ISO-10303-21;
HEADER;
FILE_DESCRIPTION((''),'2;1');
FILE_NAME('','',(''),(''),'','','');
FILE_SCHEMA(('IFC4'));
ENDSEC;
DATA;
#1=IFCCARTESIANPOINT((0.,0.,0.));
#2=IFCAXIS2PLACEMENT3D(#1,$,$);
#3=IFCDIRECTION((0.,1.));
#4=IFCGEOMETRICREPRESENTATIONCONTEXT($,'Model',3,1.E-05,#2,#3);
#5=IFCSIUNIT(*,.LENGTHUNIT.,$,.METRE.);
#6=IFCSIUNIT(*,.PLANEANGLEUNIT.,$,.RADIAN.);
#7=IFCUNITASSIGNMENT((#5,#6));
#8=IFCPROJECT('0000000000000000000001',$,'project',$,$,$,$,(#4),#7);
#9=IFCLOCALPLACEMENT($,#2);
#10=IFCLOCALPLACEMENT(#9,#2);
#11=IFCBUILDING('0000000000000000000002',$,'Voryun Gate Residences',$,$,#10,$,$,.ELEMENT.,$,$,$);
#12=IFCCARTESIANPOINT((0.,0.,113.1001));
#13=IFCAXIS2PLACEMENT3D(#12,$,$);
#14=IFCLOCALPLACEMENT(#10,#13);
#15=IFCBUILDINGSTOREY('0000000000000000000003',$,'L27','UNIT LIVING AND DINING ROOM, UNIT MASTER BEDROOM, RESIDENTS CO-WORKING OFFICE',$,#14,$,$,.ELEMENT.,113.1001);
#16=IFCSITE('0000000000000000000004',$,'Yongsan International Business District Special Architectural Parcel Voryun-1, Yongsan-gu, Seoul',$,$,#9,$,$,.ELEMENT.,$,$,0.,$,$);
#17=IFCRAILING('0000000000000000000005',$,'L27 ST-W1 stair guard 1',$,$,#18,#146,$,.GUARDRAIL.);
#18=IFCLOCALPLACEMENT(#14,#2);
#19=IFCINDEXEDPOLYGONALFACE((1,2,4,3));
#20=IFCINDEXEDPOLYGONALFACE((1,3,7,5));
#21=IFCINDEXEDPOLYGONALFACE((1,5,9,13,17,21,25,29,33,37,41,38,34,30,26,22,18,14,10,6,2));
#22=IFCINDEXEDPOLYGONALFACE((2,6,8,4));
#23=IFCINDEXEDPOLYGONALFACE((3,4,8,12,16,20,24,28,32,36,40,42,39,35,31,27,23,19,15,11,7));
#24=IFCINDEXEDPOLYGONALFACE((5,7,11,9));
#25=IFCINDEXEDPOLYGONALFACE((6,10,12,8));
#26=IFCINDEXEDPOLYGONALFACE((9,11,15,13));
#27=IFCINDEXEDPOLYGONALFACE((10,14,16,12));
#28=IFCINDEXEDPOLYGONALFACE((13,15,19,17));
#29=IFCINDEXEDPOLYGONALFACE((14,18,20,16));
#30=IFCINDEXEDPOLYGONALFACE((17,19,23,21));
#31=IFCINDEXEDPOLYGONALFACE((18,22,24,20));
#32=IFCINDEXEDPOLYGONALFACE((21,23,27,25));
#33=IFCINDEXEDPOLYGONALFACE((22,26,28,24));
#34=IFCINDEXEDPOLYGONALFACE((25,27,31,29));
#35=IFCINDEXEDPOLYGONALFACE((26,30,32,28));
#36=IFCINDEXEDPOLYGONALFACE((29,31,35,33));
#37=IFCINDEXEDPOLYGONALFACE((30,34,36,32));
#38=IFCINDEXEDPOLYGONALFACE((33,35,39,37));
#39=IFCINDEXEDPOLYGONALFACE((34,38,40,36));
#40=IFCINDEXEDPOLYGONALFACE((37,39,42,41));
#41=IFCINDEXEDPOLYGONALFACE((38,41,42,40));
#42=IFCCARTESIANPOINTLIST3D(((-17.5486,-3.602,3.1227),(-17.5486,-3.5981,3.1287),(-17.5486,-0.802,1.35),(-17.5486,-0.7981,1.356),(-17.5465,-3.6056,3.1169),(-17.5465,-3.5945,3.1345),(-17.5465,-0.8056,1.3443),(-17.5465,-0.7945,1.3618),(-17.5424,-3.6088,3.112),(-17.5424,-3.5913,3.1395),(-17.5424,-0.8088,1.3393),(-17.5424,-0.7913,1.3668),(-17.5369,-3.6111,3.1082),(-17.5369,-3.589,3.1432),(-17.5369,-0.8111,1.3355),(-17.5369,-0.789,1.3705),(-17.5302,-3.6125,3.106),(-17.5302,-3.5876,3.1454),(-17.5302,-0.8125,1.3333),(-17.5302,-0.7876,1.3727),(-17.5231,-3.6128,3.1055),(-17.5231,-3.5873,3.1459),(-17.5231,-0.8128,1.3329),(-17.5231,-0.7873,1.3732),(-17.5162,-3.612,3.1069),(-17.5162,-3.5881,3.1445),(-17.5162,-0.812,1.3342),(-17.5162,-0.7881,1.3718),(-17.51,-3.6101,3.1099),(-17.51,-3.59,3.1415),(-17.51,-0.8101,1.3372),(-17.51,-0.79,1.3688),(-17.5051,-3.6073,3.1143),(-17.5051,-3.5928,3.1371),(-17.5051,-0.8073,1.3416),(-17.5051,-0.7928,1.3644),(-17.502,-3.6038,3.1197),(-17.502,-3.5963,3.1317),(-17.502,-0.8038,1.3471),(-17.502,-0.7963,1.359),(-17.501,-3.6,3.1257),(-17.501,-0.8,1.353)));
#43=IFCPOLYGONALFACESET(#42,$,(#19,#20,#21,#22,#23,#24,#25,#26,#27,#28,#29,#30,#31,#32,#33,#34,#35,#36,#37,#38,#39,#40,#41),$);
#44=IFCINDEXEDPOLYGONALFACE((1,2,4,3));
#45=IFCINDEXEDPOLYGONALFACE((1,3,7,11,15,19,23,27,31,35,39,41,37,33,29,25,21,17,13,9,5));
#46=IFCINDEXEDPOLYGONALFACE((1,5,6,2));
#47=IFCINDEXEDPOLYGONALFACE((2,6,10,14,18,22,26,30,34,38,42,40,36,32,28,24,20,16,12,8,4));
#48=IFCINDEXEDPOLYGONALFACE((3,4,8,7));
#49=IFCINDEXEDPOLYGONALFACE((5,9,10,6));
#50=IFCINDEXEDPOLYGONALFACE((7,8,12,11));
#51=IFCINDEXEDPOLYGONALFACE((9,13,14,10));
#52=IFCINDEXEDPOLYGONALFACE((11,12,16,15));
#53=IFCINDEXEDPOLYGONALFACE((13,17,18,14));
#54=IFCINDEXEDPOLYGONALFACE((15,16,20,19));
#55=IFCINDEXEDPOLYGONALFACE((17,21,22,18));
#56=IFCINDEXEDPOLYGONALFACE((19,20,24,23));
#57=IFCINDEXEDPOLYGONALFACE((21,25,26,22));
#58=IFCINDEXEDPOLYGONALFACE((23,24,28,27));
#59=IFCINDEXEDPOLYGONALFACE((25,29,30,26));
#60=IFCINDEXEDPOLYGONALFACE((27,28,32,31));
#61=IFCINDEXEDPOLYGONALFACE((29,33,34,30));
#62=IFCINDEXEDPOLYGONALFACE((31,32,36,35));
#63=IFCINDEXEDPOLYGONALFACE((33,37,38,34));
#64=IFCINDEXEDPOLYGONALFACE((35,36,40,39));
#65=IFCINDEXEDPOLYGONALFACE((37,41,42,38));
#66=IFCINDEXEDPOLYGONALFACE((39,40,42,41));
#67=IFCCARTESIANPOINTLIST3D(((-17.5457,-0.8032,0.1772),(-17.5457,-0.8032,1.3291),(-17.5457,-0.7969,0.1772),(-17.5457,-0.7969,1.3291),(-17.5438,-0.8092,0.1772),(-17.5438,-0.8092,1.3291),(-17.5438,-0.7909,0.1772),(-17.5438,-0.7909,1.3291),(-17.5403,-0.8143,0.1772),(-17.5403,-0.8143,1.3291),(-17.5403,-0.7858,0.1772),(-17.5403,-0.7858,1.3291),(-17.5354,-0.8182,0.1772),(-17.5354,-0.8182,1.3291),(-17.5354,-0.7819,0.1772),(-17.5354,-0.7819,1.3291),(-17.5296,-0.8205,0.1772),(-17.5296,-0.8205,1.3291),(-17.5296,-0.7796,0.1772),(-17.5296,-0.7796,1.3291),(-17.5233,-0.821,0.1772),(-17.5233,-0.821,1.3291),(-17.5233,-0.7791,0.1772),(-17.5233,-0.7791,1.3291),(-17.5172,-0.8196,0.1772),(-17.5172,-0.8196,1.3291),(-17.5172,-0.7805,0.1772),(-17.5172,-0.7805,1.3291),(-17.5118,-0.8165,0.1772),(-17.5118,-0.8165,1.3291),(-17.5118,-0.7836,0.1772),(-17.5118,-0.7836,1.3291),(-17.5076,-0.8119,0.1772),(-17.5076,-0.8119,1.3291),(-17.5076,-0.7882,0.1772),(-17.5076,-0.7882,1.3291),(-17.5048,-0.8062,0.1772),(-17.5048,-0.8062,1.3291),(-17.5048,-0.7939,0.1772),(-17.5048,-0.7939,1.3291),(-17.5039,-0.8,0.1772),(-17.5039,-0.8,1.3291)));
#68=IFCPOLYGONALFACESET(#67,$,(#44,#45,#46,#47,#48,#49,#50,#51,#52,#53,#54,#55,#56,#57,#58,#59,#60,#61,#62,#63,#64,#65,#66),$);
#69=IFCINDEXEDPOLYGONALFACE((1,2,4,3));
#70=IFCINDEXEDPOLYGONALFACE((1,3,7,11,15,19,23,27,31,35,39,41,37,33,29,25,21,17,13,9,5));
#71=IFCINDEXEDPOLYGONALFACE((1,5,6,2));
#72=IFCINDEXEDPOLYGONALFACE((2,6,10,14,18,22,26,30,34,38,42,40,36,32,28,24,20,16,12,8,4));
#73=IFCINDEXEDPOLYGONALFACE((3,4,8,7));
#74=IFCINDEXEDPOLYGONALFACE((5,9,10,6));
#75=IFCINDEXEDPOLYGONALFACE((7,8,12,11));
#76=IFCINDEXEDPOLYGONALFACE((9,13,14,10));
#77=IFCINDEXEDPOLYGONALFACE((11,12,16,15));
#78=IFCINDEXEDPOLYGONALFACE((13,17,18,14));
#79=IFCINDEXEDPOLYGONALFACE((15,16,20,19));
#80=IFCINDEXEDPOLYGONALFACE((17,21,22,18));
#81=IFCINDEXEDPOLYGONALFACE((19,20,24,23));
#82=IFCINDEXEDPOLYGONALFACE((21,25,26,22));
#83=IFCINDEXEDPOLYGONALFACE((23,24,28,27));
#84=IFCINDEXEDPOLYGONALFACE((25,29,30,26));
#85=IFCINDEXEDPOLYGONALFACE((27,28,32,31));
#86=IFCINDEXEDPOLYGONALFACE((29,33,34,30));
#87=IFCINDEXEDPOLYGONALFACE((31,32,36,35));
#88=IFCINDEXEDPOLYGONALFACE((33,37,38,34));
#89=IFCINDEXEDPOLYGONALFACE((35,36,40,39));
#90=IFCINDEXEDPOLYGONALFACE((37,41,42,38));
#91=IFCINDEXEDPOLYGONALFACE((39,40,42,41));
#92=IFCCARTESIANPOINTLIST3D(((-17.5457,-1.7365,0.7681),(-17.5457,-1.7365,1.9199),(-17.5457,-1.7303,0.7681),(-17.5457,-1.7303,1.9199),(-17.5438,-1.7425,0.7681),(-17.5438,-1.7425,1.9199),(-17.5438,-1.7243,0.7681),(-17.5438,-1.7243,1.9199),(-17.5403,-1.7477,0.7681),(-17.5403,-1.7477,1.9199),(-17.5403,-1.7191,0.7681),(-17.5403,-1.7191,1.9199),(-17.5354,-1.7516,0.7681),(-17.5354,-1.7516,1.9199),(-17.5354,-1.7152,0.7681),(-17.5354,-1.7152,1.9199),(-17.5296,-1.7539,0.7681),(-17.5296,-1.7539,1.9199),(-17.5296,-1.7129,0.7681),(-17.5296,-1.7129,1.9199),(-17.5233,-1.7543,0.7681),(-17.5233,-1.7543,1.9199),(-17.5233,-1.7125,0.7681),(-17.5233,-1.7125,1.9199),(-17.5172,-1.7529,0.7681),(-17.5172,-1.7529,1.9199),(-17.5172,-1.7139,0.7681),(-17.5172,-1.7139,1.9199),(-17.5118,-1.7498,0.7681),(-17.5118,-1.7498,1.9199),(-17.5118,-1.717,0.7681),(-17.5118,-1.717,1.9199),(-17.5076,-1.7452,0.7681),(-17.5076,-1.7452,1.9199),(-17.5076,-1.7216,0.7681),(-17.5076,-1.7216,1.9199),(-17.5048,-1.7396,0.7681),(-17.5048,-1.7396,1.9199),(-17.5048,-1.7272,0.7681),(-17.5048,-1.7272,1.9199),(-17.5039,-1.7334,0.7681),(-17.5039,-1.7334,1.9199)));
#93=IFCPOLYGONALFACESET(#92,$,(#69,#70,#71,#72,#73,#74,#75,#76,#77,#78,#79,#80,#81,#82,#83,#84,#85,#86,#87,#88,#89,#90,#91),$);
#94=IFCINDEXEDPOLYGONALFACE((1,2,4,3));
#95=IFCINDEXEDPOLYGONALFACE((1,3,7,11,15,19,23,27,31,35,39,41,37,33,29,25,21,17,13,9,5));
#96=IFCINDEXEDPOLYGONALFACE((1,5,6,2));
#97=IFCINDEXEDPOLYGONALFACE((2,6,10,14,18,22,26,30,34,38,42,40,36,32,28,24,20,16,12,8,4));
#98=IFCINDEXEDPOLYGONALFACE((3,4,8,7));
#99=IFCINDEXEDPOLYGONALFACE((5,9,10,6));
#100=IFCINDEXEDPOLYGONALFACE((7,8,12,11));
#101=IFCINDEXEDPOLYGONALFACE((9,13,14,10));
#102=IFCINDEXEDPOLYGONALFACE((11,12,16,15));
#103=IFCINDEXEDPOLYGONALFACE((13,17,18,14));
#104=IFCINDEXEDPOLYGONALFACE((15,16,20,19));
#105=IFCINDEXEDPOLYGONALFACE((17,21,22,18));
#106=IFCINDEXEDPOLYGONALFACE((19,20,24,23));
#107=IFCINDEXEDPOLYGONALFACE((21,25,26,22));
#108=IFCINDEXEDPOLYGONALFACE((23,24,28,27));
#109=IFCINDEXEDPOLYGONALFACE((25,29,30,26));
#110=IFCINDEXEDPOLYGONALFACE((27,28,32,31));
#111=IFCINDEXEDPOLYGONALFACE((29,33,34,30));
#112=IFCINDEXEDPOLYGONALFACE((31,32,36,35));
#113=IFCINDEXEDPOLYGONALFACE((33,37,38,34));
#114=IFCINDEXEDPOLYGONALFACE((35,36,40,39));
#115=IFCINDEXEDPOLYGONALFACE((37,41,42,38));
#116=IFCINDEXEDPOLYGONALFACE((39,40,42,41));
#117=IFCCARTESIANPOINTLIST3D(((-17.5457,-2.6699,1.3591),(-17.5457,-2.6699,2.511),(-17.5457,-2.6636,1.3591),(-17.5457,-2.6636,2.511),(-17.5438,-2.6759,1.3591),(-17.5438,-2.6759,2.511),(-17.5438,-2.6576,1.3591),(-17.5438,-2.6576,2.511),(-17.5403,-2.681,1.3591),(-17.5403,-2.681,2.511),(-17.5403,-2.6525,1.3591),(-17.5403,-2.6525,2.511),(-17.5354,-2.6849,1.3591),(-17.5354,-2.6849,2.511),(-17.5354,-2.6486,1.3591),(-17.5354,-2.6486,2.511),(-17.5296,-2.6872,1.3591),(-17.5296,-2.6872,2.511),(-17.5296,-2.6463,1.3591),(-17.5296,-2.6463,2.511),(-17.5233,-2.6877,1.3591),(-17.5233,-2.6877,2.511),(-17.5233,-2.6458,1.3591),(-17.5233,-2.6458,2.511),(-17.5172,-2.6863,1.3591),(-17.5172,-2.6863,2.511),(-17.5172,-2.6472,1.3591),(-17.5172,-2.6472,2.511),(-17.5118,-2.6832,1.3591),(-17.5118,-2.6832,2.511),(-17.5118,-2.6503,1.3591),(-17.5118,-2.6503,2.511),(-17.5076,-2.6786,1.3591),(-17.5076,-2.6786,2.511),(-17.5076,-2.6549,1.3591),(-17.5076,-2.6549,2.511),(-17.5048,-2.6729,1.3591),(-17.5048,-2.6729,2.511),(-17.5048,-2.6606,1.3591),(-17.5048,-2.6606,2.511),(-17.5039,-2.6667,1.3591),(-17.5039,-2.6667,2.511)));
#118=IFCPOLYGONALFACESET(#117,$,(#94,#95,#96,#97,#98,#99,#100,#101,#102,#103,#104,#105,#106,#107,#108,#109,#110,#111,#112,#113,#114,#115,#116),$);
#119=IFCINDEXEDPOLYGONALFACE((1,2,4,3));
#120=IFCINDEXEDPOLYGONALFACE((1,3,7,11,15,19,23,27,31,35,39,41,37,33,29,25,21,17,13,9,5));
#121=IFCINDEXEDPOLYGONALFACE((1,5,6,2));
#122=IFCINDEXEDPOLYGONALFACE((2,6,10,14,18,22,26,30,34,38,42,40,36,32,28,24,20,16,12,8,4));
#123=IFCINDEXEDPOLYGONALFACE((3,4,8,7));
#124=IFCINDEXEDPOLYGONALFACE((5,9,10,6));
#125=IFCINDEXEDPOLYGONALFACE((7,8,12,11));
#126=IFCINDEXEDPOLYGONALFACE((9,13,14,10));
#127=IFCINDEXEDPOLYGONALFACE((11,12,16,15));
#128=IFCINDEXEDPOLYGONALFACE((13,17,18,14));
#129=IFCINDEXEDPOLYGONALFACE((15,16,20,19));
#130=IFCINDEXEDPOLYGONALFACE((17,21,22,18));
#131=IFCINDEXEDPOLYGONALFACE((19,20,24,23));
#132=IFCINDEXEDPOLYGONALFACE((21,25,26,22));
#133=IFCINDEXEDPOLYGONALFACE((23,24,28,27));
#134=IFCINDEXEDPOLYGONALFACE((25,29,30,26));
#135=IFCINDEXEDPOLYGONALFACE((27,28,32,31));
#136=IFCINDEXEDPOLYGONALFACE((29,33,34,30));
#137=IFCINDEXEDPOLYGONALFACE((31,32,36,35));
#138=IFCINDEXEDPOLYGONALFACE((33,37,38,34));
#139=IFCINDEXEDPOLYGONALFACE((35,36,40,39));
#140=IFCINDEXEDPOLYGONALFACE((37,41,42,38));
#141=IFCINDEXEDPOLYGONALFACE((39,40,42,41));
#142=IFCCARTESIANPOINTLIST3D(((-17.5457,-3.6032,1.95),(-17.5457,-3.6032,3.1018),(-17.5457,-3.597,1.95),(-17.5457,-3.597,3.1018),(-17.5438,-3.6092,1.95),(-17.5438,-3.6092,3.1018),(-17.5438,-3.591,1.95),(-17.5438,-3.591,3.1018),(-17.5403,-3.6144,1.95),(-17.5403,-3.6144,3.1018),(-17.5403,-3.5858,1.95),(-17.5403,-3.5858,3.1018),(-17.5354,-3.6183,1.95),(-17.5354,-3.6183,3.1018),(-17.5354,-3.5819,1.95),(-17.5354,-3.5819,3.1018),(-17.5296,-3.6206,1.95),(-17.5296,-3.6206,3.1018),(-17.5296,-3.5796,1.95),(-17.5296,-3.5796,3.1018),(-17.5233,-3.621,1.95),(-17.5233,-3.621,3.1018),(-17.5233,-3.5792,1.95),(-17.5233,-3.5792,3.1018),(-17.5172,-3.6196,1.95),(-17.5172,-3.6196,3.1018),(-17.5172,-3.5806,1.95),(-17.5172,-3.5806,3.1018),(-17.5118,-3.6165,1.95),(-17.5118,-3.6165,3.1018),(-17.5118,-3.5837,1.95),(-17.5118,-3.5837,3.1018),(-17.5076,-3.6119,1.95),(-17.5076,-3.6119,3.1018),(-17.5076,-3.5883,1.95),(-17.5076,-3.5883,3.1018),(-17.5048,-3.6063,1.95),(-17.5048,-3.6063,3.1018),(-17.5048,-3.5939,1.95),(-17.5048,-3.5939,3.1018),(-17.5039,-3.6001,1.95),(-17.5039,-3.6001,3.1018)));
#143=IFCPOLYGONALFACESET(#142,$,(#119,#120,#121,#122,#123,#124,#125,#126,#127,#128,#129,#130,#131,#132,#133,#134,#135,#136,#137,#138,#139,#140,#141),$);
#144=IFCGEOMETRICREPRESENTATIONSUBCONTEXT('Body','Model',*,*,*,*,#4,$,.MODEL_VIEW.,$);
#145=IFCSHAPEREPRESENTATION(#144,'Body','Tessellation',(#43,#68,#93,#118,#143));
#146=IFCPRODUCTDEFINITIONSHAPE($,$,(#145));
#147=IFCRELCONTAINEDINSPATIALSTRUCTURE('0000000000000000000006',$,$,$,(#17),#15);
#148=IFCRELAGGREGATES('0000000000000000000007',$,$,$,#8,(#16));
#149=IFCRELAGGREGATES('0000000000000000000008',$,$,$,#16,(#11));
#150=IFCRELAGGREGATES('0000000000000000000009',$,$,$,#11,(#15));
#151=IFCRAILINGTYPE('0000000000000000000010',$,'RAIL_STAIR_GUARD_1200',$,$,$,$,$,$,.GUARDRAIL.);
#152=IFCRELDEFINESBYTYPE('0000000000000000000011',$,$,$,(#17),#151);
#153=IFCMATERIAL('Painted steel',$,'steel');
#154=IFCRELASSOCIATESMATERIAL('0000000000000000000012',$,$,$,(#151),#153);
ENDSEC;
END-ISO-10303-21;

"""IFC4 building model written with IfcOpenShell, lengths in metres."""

from ifc_helpers import new_model, si_unit, direction, frame, origin, origin_2d, place, context, subcontext, project, spatial, circle, extrude, material, type_object, element, save


model = new_model("IFC4")

# Units and contexts
model_context = context("Model", 3, precision=1e-05, world=origin(), true_north=direction((0.0, 1.0)))
body_context = subcontext(model_context, "Body", "Model", "MODEL_VIEW")
ifc_project = project(units=[si_unit("LENGTHUNIT", "METRE"), si_unit("PLANEANGLEUNIT", "RADIAN")], contexts=[model_context])

# Site, building, storey
site_placement = place(None, origin())
site = spatial("IfcSite", under=ifc_project, at=site_placement, Name="Yongsan International Business District Special Architectural Parcel Voryun-1, Yongsan-gu, Seoul", CompositionType="ELEMENT", RefElevation=0.0)
building_placement = place(site_placement, origin())
building = spatial("IfcBuilding", under=site, at=building_placement, Name="Voryun Gate Residences", CompositionType="ELEMENT")
storey_placement = place(building_placement, frame((0.0, 0.0, 113.1001)))
storey = spatial("IfcBuildingStorey", under=building, at=storey_placement, Name="L27", Description="UNIT LIVING AND DINING ROOM, UNIT MASTER BEDROOM, RESIDENTS CO-WORKING OFFICE", CompositionType="ELEMENT", Elevation=113.1001)

# Railing
ifc_material_1 = material(Name="Painted steel", Category="steel")
railing_type_1 = type_object("IfcRailingType", Name="RAIL_STAIR_GUARD_1200", PredefinedType="GUARDRAIL", material=ifc_material_1)
railing_1_placement = place(storey_placement, frame((-17.5249, -0.8, 0.1772)))
element("IfcRailing", 1, at=railing_1_placement, inside=storey, type_object=railing_type_1, Name="L27 ST-W1 stair guard 1", PredefinedType="GUARDRAIL", context=body_context, shape_type="SweptSolid", body=[
    extrude(circle(Radius=0.0239, at=origin_2d()), frame((0.0, 0.0, 1.1758), z_axis=(0.0, -0.844909, 0.53491), x_axis=(1.0, 0.0, 0.0)), (0.0, 0.0, 1.0), 3.314),
    extrude(circle(Radius=0.021, at=origin_2d()), origin(), (0.0, 0.0, 1.0), 1.1519),
    extrude(circle(Radius=0.021, at=origin_2d()), frame((0.0, -0.9333, 0.5908)), (0.0, 0.0, 1.0), 1.1519),
    extrude(circle(Radius=0.021, at=origin_2d()), frame((0.0, -1.8667, 1.1819)), (0.0, 0.0, 1.0), 1.1519),
    extrude(circle(Radius=0.021, at=origin_2d()), frame((0.0, -2.8, 1.7727)), (0.0, 0.0, 1.0), 1.1519),
])

save(model, "model.ifc")
